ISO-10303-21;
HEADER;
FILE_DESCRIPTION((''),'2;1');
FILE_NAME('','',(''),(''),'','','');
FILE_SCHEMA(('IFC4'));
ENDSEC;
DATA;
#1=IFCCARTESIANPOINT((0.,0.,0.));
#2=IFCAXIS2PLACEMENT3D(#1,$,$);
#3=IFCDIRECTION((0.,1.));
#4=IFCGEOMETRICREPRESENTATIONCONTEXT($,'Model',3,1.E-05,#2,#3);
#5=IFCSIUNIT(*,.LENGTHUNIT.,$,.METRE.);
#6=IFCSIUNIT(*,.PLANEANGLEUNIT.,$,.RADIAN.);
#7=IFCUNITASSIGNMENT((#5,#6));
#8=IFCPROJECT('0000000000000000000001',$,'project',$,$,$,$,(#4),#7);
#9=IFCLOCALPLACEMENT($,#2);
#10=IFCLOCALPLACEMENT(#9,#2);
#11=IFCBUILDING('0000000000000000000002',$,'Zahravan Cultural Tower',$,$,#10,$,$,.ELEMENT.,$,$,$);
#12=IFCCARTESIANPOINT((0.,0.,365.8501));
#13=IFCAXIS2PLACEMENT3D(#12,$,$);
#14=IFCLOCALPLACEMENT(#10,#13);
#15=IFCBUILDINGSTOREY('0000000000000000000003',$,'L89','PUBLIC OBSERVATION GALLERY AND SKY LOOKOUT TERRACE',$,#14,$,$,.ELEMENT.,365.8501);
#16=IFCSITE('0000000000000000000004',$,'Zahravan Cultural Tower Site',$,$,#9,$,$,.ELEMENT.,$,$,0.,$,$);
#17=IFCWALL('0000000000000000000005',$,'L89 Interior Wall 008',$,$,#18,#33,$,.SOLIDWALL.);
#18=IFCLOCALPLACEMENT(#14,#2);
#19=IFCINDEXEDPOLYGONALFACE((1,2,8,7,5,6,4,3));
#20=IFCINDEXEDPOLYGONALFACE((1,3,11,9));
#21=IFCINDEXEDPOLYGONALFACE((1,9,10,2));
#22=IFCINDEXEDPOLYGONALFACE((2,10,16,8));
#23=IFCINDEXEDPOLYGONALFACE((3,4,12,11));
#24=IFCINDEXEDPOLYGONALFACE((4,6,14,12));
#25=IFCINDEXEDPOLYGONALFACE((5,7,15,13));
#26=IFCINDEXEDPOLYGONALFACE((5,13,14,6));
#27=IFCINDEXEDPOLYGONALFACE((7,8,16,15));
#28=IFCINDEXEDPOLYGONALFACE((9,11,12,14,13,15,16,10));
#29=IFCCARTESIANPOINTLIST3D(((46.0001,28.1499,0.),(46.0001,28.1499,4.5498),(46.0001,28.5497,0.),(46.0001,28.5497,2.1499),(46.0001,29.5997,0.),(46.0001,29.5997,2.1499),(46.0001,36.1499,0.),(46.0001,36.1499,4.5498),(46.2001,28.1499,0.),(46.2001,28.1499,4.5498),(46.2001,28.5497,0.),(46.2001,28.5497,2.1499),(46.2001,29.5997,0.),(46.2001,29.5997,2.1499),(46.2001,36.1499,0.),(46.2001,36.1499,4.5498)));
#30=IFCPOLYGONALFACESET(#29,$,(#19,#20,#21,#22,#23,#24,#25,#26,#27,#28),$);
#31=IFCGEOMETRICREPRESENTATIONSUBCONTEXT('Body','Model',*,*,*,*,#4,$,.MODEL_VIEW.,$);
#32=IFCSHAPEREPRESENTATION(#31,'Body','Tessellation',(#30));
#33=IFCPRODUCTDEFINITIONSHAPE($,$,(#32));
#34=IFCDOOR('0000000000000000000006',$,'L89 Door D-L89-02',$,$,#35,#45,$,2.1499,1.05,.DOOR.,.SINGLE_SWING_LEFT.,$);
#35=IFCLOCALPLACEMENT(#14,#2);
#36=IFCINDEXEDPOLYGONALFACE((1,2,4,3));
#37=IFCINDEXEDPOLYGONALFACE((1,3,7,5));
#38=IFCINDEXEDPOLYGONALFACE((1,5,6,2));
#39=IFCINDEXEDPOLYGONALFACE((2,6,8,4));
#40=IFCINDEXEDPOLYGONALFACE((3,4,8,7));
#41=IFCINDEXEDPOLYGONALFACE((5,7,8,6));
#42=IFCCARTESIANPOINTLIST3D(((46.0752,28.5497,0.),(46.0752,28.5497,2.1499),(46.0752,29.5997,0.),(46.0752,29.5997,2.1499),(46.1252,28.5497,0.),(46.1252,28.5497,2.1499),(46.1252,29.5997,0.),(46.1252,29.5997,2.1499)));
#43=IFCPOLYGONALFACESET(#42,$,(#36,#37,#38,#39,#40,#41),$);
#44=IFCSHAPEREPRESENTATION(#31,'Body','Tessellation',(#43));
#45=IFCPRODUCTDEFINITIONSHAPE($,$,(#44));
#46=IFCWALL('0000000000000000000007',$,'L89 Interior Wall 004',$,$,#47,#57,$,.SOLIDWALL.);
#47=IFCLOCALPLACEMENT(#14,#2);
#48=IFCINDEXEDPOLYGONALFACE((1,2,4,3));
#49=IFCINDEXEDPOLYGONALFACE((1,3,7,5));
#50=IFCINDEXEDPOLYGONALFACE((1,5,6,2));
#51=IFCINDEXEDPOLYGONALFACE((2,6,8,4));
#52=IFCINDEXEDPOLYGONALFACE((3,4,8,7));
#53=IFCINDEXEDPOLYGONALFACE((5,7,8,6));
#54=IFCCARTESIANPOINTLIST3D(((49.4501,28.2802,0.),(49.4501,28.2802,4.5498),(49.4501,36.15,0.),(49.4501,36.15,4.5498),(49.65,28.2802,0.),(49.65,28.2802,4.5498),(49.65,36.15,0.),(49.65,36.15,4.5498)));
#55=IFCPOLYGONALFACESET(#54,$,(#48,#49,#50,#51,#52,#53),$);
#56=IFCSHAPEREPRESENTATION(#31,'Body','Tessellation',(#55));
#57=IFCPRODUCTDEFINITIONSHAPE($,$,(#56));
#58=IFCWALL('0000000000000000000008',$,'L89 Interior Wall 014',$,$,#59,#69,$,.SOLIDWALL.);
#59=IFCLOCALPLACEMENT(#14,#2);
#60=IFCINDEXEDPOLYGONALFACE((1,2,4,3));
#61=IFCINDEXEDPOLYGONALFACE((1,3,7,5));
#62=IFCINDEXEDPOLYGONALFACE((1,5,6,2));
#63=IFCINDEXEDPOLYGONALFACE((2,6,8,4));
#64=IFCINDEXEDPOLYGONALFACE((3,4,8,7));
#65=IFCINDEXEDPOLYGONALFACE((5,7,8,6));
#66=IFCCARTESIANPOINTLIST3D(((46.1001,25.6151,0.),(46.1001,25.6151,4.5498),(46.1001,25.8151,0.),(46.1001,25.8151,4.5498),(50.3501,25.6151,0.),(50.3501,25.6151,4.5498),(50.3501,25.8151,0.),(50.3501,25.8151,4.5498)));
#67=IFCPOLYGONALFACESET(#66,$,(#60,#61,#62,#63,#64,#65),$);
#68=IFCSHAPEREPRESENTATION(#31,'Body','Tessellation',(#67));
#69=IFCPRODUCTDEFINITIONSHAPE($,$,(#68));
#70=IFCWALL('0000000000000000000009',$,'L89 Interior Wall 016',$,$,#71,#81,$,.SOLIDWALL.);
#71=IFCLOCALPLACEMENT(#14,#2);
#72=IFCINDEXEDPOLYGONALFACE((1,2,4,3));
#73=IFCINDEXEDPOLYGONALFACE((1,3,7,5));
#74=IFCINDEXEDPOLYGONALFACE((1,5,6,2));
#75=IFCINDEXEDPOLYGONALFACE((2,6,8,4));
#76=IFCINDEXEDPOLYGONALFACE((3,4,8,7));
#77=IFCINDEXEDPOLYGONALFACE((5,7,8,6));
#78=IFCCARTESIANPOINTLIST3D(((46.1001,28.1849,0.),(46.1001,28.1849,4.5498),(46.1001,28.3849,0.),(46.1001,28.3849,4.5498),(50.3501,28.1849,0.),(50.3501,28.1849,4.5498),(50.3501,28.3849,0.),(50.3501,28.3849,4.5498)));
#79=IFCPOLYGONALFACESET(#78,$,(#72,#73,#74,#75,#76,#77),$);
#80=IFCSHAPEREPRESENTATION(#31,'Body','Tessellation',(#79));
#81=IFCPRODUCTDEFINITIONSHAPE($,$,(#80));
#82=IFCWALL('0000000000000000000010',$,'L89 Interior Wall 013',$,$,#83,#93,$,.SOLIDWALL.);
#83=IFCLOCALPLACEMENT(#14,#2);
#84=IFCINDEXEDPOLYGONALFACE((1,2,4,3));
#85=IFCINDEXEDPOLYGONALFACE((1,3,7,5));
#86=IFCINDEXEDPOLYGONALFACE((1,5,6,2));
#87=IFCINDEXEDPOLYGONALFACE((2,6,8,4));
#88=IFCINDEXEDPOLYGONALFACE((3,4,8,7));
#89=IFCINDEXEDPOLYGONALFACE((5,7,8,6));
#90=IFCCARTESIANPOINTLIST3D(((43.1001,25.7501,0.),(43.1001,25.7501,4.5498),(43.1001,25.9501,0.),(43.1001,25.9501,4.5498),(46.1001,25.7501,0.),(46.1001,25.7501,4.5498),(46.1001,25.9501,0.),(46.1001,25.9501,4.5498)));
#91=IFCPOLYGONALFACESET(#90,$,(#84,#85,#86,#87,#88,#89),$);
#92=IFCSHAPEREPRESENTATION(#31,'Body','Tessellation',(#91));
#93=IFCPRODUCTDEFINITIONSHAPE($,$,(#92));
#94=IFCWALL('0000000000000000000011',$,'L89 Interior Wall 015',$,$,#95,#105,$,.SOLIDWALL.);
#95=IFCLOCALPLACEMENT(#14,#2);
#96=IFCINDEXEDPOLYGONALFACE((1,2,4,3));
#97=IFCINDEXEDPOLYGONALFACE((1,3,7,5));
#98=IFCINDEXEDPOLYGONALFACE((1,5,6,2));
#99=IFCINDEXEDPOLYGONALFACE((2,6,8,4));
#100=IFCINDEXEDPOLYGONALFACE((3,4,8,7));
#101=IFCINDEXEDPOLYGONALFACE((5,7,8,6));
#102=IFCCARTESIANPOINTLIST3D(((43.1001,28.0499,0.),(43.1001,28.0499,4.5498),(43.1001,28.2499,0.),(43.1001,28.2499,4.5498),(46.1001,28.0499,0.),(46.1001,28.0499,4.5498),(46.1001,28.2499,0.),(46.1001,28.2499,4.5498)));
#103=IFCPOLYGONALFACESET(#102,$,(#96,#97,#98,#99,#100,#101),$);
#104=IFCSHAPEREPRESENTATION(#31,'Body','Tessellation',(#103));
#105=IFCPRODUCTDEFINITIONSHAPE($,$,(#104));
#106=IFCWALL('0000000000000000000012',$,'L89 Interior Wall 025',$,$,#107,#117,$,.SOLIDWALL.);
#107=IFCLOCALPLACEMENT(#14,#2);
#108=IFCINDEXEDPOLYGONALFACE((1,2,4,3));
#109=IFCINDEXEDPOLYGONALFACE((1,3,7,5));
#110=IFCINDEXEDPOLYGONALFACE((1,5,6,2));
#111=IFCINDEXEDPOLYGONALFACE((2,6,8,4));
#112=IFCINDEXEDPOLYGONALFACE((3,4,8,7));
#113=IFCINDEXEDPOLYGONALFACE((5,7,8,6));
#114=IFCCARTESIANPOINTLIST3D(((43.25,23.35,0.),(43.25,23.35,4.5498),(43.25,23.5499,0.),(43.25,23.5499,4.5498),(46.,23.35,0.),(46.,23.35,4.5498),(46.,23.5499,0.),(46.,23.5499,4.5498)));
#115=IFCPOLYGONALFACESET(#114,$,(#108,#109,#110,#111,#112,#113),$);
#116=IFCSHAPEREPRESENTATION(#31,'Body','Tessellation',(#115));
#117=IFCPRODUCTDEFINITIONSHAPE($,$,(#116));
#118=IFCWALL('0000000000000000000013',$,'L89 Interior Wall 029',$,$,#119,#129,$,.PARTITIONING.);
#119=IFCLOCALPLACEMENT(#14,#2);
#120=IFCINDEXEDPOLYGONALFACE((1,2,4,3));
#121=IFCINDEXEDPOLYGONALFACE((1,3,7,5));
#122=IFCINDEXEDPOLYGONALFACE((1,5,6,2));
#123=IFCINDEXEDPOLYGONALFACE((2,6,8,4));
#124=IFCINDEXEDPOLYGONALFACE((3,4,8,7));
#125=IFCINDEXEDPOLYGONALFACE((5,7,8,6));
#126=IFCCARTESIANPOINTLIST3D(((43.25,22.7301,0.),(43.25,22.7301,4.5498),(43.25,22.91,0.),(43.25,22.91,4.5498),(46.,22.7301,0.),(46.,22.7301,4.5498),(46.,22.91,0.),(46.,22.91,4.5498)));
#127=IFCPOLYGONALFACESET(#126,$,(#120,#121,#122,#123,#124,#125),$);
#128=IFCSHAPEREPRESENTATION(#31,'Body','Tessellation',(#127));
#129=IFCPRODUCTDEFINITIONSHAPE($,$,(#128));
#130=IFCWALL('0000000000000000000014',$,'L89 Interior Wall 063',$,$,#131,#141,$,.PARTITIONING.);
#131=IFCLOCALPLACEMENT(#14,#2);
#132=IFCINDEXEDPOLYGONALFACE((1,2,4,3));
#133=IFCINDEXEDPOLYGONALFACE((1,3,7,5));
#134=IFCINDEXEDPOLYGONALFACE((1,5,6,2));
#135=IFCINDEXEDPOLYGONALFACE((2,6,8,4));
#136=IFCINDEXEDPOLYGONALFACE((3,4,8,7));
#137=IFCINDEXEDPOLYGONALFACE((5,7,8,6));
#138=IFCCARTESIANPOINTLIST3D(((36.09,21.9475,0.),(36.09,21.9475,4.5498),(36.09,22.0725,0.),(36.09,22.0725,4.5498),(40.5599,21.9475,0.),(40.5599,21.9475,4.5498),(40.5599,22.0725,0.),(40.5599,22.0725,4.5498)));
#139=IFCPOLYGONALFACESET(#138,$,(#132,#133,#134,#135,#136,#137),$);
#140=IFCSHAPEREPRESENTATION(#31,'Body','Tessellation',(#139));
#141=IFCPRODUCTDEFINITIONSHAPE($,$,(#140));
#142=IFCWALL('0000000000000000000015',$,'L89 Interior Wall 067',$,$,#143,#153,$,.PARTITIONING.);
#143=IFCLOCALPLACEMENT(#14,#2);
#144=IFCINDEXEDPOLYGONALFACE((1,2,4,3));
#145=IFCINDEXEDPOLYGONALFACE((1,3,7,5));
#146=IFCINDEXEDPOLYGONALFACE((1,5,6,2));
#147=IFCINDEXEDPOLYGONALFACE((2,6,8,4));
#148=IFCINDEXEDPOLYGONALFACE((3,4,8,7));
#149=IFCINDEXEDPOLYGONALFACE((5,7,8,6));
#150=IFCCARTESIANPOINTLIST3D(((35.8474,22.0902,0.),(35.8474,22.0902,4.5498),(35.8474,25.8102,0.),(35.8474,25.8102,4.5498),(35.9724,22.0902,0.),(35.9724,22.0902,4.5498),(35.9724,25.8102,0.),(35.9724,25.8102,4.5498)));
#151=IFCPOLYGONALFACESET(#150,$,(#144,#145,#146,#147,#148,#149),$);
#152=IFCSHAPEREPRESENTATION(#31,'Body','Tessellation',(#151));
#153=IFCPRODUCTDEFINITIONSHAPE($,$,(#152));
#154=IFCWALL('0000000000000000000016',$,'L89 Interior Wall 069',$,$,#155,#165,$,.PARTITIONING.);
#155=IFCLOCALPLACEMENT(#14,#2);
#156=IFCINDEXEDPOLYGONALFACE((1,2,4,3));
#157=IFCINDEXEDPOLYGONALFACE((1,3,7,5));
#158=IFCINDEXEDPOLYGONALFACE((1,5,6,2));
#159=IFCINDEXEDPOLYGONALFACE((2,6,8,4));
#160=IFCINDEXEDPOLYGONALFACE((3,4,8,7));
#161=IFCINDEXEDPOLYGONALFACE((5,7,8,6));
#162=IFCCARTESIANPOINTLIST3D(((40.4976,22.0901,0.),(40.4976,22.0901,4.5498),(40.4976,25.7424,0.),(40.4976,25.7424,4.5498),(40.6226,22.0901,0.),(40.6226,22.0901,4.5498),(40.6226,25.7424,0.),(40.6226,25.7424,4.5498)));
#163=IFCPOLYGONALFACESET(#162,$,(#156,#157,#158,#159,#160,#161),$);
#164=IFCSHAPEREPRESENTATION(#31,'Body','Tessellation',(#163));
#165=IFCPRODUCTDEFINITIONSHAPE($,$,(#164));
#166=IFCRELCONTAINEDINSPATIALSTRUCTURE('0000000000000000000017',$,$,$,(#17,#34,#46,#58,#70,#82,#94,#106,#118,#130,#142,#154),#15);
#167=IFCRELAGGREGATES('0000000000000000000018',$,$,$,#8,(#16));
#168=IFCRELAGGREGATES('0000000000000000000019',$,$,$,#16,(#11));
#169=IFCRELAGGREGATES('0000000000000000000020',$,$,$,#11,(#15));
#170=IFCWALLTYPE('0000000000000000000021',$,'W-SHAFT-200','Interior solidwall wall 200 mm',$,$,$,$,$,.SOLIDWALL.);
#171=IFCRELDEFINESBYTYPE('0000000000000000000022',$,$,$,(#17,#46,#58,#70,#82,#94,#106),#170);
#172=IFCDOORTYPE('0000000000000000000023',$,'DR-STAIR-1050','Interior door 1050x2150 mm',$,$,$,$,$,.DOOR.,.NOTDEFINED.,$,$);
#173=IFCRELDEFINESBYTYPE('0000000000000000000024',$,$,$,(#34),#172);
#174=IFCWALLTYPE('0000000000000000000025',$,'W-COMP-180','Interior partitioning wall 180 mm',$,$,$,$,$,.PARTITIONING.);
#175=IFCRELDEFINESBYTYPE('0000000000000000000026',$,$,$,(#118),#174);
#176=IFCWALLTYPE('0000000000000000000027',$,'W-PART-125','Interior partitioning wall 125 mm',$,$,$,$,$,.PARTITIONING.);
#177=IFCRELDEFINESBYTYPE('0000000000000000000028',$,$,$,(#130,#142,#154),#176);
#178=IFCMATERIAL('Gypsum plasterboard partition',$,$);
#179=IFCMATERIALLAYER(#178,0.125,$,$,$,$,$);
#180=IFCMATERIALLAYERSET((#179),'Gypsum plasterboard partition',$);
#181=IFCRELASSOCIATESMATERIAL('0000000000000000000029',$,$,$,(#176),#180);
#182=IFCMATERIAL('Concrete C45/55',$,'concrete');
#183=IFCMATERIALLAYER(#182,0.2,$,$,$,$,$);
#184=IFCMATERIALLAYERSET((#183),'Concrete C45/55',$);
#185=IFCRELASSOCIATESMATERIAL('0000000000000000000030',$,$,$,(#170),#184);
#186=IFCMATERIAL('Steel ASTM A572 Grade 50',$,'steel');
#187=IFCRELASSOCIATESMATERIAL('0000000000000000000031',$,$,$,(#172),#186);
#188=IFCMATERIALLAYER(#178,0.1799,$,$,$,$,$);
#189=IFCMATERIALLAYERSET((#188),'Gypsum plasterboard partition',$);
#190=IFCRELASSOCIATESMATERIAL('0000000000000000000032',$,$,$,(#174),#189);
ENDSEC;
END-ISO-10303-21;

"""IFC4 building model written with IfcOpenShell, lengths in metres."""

from ifc_helpers import new_model, si_unit, direction, frame, frame_2d, origin, place, context, subcontext, project, spatial, rectangle, extrude, source, transform, mapped, material, layer, layer_set, type_object, element, fill, save


model = new_model("IFC4")

# Units and contexts
model_context = context("Model", 3, precision=1e-05, world=origin(), true_north=direction((0.0, 1.0)))
body_context = subcontext(model_context, "Body", "Model", "MODEL_VIEW")
ifc_project = project(units=[si_unit("LENGTHUNIT", "METRE"), si_unit("PLANEANGLEUNIT", "RADIAN")], contexts=[model_context])

# Site, building, storey
site_placement = place(None, origin())
site = spatial("IfcSite", under=ifc_project, at=site_placement, Name="Zahravan Cultural Tower Site", CompositionType="ELEMENT", RefElevation=0.0)
building_placement = place(site_placement, origin())
building = spatial("IfcBuilding", under=site, at=building_placement, Name="Zahravan Cultural Tower", CompositionType="ELEMENT")
storey_placement = place(building_placement, frame((0.0, 0.0, 365.8501)))
storey = spatial("IfcBuildingStorey", under=building, at=storey_placement, Name="L89", Description="PUBLIC OBSERVATION GALLERY AND SKY LOOKOUT TERRACE", CompositionType="ELEMENT", Elevation=365.8501)

# Wall, opening, door
ifc_material_1 = material(Name="Steel ASTM A572 Grade 50", Category="steel")
ifc_material_2 = material(Name="Gypsum plasterboard partition")
ifc_layer_1 = layer(ifc_material_2, 0.125)
ifc_layer_set_1 = layer_set([ifc_layer_1], Name="Gypsum plasterboard partition")
wall_type_1 = type_object("IfcWallType", Name="W-PART-125", Description="Interior partitioning wall 125 mm", PredefinedType="PARTITIONING", material=ifc_layer_set_1)
ifc_material_3 = material(Name="Concrete C45/55", Category="concrete")
ifc_layer_2 = layer(ifc_material_3, 0.2)
ifc_layer_set_2 = layer_set([ifc_layer_2], Name="Concrete C45/55")
wall_type_2 = type_object("IfcWallType", Name="W-SHAFT-200", Description="Interior solidwall wall 200 mm", PredefinedType="SOLIDWALL", material=ifc_layer_set_2)
wall_1_placement = place(storey_placement, frame((46.1001, 28.1499, 0.0), z_axis=(0.0, 0.0, 1.0), x_axis=(0.0, 1.0, 0.0)))
wall_1 = element("IfcWall", 1, at=wall_1_placement, inside=storey, type_object=wall_type_2, Name="L89 Interior Wall 008", PredefinedType="SOLIDWALL", context=body_context, shape_type="SweptSolid", body=[
    extrude(rectangle(XDim=8.0, YDim=0.2, at=frame_2d((4.0, 0.0))), origin(), (0.0, 0.0, 1.0), 4.5498),
])
opening_1_placement = place(wall_1_placement, frame((0.3999, 0.0, 0.0)))
opening_1 = element("IfcOpeningElement", 2, at=opening_1_placement, cuts=wall_1, PredefinedType="OPENING", context=body_context, shape_type="SweptSolid", body=[
    extrude(rectangle(XDim=1.05, YDim=2.1499, at=frame_2d((0.5249, 1.075))), frame((0.0, 0.1099, 0.0), z_axis=(0.0, -1.0, 0.0), x_axis=(1.0, 0.0, 0.0)), (0.0, 0.0, 1.0), 0.22),
])
door_type_1 = type_object("IfcDoorType", Name="DR-STAIR-1050", Description="Interior door 1050x2150 mm", OperationType="NOTDEFINED", PredefinedType="DOOR", material=ifc_material_1)
shared_shape_1 = source(origin(), body_context, "Body", "SweptSolid", [
    extrude(rectangle(XDim=1.05, YDim=2.1499, at=frame_2d((0.5249, 1.075))), frame((0.0, 0.0249, 0.0), z_axis=(0.0, -1.0, 0.0), x_axis=(1.0, 0.0, 0.0)), (0.0, 0.0, 1.0), 0.05),
])
door_1_placement = place(opening_1_placement, origin())
door_1 = element("IfcDoor", 3, at=door_1_placement, inside=storey, type_object=door_type_1, Name="L89 Door D-L89-02", OperationType="SINGLE_SWING_LEFT", OverallHeight=2.1499, OverallWidth=1.05, PredefinedType="DOOR", context=body_context, shape_type="MappedRepresentation", body=[
    mapped(shared_shape_1, transform((0.0, 0.0, 0.0), x_axis=(1.0, 0.0, 0.0), y_axis=(0.0, 1.0, 0.0), z_axis=(0.0, 0.0, 1.0), scale=1.0)),
])
fill(opening_1, door_1)

# Walls
shared_shape_2 = source(origin(), body_context, "Body", "SweptSolid", [
    extrude(rectangle(XDim=7.8699, YDim=0.2, at=frame_2d((3.9351, 0.0))), origin(), (0.0, 0.0, 1.0), 4.5498),
])
wall_2_placement = place(storey_placement, frame((49.55, 28.28, 0.0), z_axis=(0.0, 0.0, 1.0), x_axis=(0.0, 1.0, 0.0)))
element("IfcWall", 4, at=wall_2_placement, inside=storey, type_object=wall_type_2, Name="L89 Interior Wall 004", PredefinedType="SOLIDWALL", context=body_context, shape_type="MappedRepresentation", body=[
    mapped(shared_shape_2, transform((0.0, 0.0, 0.0), x_axis=(1.0, 0.0, 0.0), y_axis=(0.0, 1.0, 0.0), z_axis=(0.0, 0.0, 1.0), scale=1.0)),
])
shared_shape_3 = source(origin(), body_context, "Body", "SweptSolid", [
    extrude(rectangle(XDim=4.25, YDim=0.2, at=frame_2d((2.125, 0.0))), origin(), (0.0, 0.0, 1.0), 4.5498),
])
for number, where, z_axis, x_axis, name in (
    (5, (46.1001, 25.7151, 0.0), (0.0, 0.0, 1.0), (1.0, 0.0, 0.0), "L89 Interior Wall 014"),
    (6, (46.1001, 28.2849, 0.0), (0.0, 0.0, 1.0), (1.0, 0.0, 0.0), "L89 Interior Wall 016"),
):
    element("IfcWall", number, at=place(storey_placement, frame(where, z_axis=z_axis, x_axis=x_axis)), inside=storey, type_object=wall_type_2, Name=name, PredefinedType="SOLIDWALL", context=body_context, shape_type="MappedRepresentation", body=[
        mapped(shared_shape_3, transform((0.0, 0.0, 0.0), x_axis=(1.0, 0.0, 0.0), y_axis=(0.0, 1.0, 0.0), z_axis=(0.0, 0.0, 1.0), scale=1.0)),
    ])
shared_shape_4 = source(origin(), body_context, "Body", "SweptSolid", [
    extrude(rectangle(XDim=3.0, YDim=0.2, at=frame_2d((1.5, 0.0))), origin(), (0.0, 0.0, 1.0), 4.5498),
])
for number, where, z_axis, x_axis, name in (
    (7, (43.1001, 25.8501, 0.0), (0.0, 0.0, 1.0), (1.0, 0.0, 0.0), "L89 Interior Wall 013"),
    (8, (43.1001, 28.1499, 0.0), (0.0, 0.0, 1.0), (1.0, 0.0, 0.0), "L89 Interior Wall 015"),
):
    element("IfcWall", number, at=place(storey_placement, frame(where, z_axis=z_axis, x_axis=x_axis)), inside=storey, type_object=wall_type_2, Name=name, PredefinedType="SOLIDWALL", context=body_context, shape_type="MappedRepresentation", body=[
        mapped(shared_shape_4, transform((0.0, 0.0, 0.0), x_axis=(1.0, 0.0, 0.0), y_axis=(0.0, 1.0, 0.0), z_axis=(0.0, 0.0, 1.0), scale=1.0)),
    ])
shared_shape_5 = source(origin(), body_context, "Body", "SweptSolid", [
    extrude(rectangle(XDim=2.75, YDim=0.2, at=frame_2d((1.375, 0.0))), origin(), (0.0, 0.0, 1.0), 4.5498),
])
wall_3_placement = place(storey_placement, frame((43.25, 23.45, 0.0), z_axis=(0.0, 0.0, 1.0), x_axis=(1.0, 0.0, 0.0)))
element("IfcWall", 9, at=wall_3_placement, inside=storey, type_object=wall_type_2, Name="L89 Interior Wall 025", PredefinedType="SOLIDWALL", context=body_context, shape_type="MappedRepresentation", body=[
    mapped(shared_shape_5, transform((0.0, 0.0, 0.0), x_axis=(1.0, 0.0, 0.0), y_axis=(0.0, 1.0, 0.0), z_axis=(0.0, 0.0, 1.0), scale=1.0)),
])
ifc_layer_3 = layer(ifc_material_2, 0.1799)
ifc_layer_set_3 = layer_set([ifc_layer_3], Name="Gypsum plasterboard partition")
wall_type_3 = type_object("IfcWallType", Name="W-COMP-180", Description="Interior partitioning wall 180 mm", PredefinedType="PARTITIONING", material=ifc_layer_set_3)
shared_shape_6 = source(origin(), body_context, "Body", "SweptSolid", [
    extrude(rectangle(XDim=2.75, YDim=0.1799, at=frame_2d((1.375, 0.0))), origin(), (0.0, 0.0, 1.0), 4.5498),
])
wall_4_placement = place(storey_placement, frame((43.25, 22.8201, 0.0), z_axis=(0.0, 0.0, 1.0), x_axis=(1.0, 0.0, 0.0)))
element("IfcWall", 10, at=wall_4_placement, inside=storey, type_object=wall_type_3, Name="L89 Interior Wall 029", PredefinedType="PARTITIONING", context=body_context, shape_type="MappedRepresentation", body=[
    mapped(shared_shape_6, transform((0.0, 0.0, 0.0), x_axis=(1.0, 0.0, 0.0), y_axis=(0.0, 1.0, 0.0), z_axis=(0.0, 0.0, 1.0), scale=1.0)),
])
shared_shape_7 = source(origin(), body_context, "Body", "SweptSolid", [
    extrude(rectangle(XDim=4.47, YDim=0.125, at=frame_2d((2.2349, 0.0))), origin(), (0.0, 0.0, 1.0), 4.5498),
])
wall_5_placement = place(storey_placement, frame((36.0901, 22.01, 0.0), z_axis=(0.0, 0.0, 1.0), x_axis=(1.0, 0.0, 0.0)))
element("IfcWall", 11, at=wall_5_placement, inside=storey, type_object=wall_type_1, Name="L89 Interior Wall 063", PredefinedType="PARTITIONING", context=body_context, shape_type="MappedRepresentation", body=[
    mapped(shared_shape_7, transform((0.0, 0.0, 0.0), x_axis=(1.0, 0.0, 0.0), y_axis=(0.0, 1.0, 0.0), z_axis=(0.0, 0.0, 1.0), scale=1.0)),
])
shared_shape_8 = source(origin(), body_context, "Body", "SweptSolid", [
    extrude(rectangle(XDim=3.72, YDim=0.125, at=frame_2d((1.8599, 0.0))), origin(), (0.0, 0.0, 1.0), 4.5498),
])
wall_6_placement = place(storey_placement, frame((35.9099, 25.8101, 0.0), z_axis=(0.0, 0.0, 1.0), x_axis=(0.0, -1.0, 0.0)))
element("IfcWall", 12, at=wall_6_placement, inside=storey, type_object=wall_type_1, Name="L89 Interior Wall 067", PredefinedType="PARTITIONING", context=body_context, shape_type="MappedRepresentation", body=[
    mapped(shared_shape_8, transform((0.0, 0.0, 0.0), x_axis=(1.0, 0.0, 0.0), y_axis=(0.0, 1.0, 0.0), z_axis=(0.0, 0.0, 1.0), scale=1.0)),
])
shared_shape_9 = source(origin(), body_context, "Body", "SweptSolid", [
    extrude(rectangle(XDim=3.6523, YDim=0.125, at=frame_2d((1.8262, 0.0))), origin(), (0.0, 0.0, 1.0), 4.5498),
])
wall_7_placement = place(storey_placement, frame((40.5601, 25.7424, 0.0), z_axis=(0.0, 0.0, 1.0), x_axis=(0.0, -1.0, 0.0)))
element("IfcWall", 13, at=wall_7_placement, inside=storey, type_object=wall_type_1, Name="L89 Interior Wall 069", PredefinedType="PARTITIONING", context=body_context, shape_type="MappedRepresentation", body=[
    mapped(shared_shape_9, transform((0.0, 0.0, 0.0), x_axis=(1.0, 0.0, 0.0), y_axis=(0.0, 1.0, 0.0), z_axis=(0.0, 0.0, 1.0), scale=1.0)),
])

save(model, "model.ifc")
